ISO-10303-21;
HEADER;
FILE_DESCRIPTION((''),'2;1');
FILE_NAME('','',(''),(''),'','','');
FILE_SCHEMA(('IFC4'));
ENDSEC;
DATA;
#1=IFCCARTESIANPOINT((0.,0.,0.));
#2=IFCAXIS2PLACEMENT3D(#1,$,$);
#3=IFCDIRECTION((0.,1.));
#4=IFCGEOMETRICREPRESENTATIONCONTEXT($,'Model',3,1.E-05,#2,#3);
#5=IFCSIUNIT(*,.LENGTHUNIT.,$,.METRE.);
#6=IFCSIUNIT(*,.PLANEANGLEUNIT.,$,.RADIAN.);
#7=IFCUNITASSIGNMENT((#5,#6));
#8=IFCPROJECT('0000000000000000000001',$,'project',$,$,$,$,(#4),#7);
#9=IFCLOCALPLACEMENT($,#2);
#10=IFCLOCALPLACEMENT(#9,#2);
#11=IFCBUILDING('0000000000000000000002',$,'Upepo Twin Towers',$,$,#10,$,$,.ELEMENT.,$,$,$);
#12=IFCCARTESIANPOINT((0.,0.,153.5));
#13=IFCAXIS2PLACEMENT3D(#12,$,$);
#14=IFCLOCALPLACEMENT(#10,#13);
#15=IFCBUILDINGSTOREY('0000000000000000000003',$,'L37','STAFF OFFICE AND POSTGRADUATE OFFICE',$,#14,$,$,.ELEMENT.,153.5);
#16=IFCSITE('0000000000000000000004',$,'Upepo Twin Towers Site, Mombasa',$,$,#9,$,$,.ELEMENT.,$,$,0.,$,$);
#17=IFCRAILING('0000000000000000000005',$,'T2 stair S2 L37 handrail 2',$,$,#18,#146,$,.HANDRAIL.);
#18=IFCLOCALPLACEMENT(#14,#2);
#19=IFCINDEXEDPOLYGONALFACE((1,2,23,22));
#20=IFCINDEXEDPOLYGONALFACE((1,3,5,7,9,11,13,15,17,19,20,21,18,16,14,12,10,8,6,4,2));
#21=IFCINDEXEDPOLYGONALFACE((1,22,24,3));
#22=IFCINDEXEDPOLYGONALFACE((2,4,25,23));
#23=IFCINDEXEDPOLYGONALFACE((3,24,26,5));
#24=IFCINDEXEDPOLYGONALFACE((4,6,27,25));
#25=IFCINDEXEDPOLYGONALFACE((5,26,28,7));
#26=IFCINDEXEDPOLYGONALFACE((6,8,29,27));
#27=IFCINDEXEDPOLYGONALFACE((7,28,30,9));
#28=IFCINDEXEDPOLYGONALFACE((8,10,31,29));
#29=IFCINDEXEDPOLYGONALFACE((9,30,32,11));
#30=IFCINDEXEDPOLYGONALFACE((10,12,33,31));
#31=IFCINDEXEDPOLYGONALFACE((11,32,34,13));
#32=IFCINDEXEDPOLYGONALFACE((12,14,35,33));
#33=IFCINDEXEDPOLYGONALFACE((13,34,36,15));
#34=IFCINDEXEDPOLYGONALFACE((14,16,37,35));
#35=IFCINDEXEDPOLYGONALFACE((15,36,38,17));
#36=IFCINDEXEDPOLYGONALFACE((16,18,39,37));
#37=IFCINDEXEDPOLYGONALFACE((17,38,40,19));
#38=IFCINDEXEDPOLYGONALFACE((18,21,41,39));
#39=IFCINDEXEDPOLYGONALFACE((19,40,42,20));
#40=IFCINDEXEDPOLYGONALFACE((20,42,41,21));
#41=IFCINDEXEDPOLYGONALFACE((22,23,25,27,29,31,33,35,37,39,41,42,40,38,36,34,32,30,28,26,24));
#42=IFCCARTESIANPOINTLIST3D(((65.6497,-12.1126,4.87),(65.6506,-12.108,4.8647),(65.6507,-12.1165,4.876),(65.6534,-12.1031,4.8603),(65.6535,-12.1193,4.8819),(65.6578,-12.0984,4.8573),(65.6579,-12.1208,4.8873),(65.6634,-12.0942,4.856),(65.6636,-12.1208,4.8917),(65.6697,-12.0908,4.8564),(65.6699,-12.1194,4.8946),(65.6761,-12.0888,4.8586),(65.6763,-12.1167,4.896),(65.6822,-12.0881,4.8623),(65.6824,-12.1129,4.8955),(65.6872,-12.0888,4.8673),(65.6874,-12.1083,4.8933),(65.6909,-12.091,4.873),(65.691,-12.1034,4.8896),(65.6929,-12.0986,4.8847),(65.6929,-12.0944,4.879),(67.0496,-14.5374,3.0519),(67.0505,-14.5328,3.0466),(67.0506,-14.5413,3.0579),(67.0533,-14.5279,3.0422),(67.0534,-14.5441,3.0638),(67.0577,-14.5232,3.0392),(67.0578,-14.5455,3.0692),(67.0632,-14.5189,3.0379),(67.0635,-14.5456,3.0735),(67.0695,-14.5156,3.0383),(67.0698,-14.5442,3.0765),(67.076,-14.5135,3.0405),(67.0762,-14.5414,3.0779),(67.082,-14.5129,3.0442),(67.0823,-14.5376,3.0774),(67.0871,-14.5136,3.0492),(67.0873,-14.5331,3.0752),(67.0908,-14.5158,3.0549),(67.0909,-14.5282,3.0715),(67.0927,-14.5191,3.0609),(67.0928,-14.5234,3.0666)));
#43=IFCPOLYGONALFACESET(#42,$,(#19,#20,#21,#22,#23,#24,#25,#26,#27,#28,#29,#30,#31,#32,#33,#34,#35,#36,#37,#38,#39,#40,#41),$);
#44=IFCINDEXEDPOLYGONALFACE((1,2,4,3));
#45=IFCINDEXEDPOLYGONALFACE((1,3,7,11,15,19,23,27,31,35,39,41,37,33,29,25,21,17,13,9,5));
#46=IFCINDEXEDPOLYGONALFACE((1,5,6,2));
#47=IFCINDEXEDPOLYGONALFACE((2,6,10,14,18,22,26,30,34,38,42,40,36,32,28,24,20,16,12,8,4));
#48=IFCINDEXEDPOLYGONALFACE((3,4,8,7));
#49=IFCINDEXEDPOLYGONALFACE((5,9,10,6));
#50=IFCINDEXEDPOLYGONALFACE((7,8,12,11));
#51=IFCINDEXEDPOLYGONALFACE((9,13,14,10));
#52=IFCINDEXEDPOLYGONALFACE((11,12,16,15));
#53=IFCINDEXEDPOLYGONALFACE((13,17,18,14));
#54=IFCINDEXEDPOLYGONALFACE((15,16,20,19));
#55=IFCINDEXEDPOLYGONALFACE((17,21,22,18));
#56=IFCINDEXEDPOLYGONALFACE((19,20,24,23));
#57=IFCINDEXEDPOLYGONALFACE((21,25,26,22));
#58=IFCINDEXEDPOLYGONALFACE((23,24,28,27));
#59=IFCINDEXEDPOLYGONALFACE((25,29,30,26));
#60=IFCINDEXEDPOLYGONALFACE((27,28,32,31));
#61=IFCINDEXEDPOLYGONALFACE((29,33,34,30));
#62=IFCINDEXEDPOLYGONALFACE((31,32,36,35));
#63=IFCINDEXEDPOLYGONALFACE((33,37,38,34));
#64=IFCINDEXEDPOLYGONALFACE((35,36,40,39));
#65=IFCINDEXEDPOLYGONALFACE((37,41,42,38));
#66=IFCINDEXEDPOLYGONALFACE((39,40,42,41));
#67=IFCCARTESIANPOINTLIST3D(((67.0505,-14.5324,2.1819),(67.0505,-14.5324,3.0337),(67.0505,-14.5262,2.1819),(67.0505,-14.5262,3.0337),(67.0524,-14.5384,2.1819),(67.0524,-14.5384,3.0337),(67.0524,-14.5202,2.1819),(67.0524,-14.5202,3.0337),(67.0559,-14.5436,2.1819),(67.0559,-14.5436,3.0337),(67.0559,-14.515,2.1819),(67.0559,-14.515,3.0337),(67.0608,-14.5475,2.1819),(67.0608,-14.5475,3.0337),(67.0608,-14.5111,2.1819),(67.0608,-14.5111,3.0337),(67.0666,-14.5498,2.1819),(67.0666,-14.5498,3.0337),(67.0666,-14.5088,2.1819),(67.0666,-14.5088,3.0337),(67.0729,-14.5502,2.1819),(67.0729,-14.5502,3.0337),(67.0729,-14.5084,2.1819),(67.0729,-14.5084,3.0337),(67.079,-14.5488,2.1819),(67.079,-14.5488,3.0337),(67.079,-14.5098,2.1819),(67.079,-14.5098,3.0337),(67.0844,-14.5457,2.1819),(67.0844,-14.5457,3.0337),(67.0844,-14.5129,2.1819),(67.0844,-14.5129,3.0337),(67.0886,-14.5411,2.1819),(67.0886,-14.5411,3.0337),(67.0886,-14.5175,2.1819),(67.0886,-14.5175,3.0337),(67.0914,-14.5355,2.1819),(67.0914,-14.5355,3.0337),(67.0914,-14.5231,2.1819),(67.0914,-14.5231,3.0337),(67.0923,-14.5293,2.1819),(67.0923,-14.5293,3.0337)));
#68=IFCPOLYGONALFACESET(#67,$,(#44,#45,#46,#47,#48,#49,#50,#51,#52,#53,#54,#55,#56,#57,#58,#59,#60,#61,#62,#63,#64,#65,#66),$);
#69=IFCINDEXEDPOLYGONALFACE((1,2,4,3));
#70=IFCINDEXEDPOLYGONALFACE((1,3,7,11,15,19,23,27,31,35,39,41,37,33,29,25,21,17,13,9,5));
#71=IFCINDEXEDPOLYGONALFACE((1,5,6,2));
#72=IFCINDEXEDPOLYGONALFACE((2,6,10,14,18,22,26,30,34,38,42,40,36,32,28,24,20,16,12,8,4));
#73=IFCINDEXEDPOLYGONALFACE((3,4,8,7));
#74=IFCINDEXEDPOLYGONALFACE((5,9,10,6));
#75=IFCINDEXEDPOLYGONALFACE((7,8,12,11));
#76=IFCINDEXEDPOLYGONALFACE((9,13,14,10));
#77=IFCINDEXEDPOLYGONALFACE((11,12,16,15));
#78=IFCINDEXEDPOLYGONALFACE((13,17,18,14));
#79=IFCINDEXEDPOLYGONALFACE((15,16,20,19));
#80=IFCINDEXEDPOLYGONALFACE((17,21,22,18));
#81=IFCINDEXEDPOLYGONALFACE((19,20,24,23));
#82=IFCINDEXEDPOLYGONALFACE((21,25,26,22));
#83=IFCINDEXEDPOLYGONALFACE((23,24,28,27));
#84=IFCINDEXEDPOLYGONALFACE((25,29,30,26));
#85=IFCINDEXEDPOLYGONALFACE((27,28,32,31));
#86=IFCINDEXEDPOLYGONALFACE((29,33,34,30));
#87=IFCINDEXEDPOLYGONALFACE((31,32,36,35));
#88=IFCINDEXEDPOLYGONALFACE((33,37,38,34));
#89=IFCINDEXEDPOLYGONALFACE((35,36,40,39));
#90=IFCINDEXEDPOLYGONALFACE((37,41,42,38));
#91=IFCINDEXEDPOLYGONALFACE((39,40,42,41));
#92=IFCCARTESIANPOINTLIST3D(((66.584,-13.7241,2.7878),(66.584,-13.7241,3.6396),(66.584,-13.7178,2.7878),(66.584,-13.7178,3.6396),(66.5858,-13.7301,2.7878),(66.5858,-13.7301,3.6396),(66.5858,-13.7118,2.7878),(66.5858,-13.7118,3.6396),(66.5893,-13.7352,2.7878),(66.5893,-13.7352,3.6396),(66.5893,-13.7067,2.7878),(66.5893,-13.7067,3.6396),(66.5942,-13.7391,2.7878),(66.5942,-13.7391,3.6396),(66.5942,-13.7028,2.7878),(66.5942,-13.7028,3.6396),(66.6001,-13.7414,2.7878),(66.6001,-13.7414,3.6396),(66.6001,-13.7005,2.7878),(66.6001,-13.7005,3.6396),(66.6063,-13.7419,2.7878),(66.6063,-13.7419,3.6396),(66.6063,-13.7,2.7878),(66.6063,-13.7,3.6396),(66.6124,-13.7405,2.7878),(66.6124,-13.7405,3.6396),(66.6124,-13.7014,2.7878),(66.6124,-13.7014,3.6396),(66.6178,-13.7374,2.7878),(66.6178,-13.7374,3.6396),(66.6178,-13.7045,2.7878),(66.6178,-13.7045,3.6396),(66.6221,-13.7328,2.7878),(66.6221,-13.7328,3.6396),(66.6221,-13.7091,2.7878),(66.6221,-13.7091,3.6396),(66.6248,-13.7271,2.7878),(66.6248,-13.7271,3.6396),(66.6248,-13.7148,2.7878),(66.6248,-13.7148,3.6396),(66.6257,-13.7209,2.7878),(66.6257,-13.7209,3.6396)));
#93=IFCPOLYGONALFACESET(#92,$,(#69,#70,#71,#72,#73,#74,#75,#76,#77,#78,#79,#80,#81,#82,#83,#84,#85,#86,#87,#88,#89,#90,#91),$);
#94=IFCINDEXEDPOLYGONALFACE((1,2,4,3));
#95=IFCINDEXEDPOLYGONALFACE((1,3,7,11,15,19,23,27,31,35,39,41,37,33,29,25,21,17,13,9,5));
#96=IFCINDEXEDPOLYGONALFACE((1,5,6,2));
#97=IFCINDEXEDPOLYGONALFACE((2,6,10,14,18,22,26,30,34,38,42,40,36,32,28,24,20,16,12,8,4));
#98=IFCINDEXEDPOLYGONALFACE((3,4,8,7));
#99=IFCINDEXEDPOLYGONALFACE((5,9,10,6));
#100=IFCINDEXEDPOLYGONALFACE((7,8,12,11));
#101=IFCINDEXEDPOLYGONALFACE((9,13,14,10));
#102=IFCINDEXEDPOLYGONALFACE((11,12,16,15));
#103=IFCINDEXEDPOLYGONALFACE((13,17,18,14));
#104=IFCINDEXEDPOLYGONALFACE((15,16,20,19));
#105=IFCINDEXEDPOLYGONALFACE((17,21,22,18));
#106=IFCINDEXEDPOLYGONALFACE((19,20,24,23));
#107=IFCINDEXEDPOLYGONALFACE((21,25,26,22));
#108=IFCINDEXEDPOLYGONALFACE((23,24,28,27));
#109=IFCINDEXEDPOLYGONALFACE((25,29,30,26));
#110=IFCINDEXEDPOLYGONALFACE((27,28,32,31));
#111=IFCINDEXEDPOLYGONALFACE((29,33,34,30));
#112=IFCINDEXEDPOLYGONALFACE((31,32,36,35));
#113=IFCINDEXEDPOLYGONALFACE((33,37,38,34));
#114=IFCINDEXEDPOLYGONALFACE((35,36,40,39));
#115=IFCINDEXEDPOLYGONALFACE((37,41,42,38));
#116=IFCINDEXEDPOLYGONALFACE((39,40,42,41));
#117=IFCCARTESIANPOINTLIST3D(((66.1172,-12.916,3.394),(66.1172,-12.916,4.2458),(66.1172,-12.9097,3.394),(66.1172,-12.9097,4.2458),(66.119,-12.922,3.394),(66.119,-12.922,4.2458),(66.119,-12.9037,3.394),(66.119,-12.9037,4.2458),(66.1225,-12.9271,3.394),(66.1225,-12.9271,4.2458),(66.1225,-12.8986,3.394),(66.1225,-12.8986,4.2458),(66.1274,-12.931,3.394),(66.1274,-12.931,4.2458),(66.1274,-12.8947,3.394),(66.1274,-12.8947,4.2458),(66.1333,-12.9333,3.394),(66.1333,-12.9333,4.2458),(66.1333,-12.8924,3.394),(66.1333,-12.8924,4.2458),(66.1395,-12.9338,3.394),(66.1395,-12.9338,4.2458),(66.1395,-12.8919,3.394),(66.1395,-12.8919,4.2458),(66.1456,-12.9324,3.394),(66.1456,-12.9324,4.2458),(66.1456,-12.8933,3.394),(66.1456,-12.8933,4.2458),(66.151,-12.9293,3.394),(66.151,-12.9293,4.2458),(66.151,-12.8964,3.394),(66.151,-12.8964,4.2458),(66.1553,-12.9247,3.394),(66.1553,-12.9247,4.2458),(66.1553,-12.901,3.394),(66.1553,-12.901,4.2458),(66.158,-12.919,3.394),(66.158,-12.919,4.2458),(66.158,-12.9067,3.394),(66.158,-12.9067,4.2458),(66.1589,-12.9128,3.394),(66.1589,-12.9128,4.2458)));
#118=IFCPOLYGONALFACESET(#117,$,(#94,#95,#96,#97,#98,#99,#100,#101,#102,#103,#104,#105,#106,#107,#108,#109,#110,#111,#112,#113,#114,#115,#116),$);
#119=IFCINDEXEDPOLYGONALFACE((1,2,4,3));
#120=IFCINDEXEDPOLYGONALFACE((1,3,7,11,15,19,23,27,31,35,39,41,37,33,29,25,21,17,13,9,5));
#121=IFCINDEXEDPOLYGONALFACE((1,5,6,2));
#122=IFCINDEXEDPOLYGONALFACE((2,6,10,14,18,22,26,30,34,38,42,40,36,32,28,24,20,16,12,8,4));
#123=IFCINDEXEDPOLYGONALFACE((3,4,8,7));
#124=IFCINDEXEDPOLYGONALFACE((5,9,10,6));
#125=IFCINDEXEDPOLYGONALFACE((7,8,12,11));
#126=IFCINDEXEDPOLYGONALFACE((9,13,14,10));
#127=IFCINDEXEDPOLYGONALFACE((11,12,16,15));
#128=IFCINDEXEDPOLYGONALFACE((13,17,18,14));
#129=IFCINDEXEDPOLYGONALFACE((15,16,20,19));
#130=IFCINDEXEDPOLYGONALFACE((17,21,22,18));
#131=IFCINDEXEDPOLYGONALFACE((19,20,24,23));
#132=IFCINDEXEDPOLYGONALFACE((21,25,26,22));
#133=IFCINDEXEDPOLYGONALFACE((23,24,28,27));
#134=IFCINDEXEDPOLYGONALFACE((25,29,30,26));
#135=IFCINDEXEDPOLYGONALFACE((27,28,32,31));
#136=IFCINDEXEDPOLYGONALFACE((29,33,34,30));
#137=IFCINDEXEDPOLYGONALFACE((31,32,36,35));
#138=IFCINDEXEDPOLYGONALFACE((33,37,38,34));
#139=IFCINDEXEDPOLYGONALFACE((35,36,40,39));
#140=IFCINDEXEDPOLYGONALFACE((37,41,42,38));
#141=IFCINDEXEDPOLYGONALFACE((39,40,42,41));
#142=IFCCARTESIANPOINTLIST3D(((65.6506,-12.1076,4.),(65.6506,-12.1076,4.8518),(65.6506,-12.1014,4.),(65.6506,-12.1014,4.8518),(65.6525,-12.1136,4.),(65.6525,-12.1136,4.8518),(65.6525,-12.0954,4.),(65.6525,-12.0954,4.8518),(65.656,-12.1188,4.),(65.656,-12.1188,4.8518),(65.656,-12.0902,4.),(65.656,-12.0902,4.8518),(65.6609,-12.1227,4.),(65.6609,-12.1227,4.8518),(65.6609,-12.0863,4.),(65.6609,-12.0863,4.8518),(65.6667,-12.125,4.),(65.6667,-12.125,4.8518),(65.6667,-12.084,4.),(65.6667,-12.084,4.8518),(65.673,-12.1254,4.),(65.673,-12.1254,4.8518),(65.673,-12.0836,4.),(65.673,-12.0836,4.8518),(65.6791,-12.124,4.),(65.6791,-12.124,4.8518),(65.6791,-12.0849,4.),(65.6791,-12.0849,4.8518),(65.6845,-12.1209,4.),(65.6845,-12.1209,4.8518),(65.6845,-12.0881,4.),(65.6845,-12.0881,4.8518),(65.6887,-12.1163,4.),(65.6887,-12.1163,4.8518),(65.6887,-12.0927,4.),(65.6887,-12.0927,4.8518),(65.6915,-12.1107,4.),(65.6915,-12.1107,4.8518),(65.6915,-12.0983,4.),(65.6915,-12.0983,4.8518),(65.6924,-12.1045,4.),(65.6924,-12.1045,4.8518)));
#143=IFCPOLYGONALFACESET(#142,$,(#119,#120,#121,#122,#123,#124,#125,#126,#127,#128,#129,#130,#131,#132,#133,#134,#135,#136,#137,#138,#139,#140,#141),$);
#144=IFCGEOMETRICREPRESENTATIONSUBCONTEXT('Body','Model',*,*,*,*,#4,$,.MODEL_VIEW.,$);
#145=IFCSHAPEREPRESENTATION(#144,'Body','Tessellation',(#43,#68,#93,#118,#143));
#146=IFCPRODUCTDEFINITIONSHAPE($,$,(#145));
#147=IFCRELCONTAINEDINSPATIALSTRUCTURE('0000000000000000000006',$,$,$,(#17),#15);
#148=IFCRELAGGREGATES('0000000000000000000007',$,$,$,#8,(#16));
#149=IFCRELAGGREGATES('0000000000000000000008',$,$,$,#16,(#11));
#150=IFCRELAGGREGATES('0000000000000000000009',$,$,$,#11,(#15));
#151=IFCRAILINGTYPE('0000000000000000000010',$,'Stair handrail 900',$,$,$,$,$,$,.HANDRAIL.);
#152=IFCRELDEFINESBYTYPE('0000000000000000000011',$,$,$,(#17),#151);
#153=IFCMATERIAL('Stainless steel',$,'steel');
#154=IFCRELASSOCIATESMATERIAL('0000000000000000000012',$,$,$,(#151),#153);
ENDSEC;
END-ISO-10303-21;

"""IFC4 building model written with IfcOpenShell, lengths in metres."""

from ifc_helpers import new_model, si_unit, direction, frame, origin, origin_2d, place, context, subcontext, project, spatial, circle, extrude, material, type_object, element, save


model = new_model("IFC4")

# Units and contexts
model_context = context("Model", 3, precision=1e-05, world=origin(), true_north=direction((0.0, 1.0)))
body_context = subcontext(model_context, "Body", "Model", "MODEL_VIEW")
ifc_project = project(units=[si_unit("LENGTHUNIT", "METRE"), si_unit("PLANEANGLEUNIT", "RADIAN")], contexts=[model_context])

# Site, building, storey
site_placement = place(None, origin())
site = spatial("IfcSite", under=ifc_project, at=site_placement, Name="Upepo Twin Towers Site, Mombasa", CompositionType="ELEMENT", RefElevation=0.0)
building_placement = place(site_placement, origin())
building = spatial("IfcBuilding", under=site, at=building_placement, Name="Upepo Twin Towers", CompositionType="ELEMENT")
storey_placement = place(building_placement, frame((0.0, 0.0, 153.5)))
storey = spatial("IfcBuildingStorey", under=building, at=storey_placement, Name="L37", Description="STAFF OFFICE AND POSTGRADUATE OFFICE", CompositionType="ELEMENT", Elevation=153.5)

# Railing
ifc_material_1 = material(Name="Stainless steel", Category="steel")
railing_type = type_object("IfcRailingType", Name="Stair handrail 900", PredefinedType="HANDRAIL", material=ifc_material_1)
railing_1_placement = place(storey_placement, frame((67.0713, -14.5293, 2.1819)))
element("IfcRailing", 1, at=railing_1_placement, inside=storey, type_object=railing_type, Name="T2 stair S2 L37 handrail 2", PredefinedType="HANDRAIL", context=body_context, shape_type="SweptSolid", body=[
    extrude(circle(Radius=0.0239, at=origin_2d()), frame((0.0, 0.0, 0.876), z_axis=(-0.419333, 0.726336, 0.544606), x_axis=(-0.866035, -0.499984, 0.0)), (0.0, 0.0, 1.0), 3.3384),
    extrude(circle(Radius=0.021, at=origin_2d()), origin(), (0.0, 0.0, 1.0), 0.8518),
    extrude(circle(Radius=0.021, at=origin_2d()), frame((-0.4666, 0.8083, 0.606)), (0.0, 0.0, 1.0), 0.8518),
    extrude(circle(Radius=0.021, at=origin_2d()), frame((-0.9333, 1.6165, 1.2122)), (0.0, 0.0, 1.0), 0.8518),
    extrude(circle(Radius=0.021, at=origin_2d()), frame((-1.3999, 2.4248, 1.8181)), (0.0, 0.0, 1.0), 0.8518),
])

save(model, "model.ifc")
